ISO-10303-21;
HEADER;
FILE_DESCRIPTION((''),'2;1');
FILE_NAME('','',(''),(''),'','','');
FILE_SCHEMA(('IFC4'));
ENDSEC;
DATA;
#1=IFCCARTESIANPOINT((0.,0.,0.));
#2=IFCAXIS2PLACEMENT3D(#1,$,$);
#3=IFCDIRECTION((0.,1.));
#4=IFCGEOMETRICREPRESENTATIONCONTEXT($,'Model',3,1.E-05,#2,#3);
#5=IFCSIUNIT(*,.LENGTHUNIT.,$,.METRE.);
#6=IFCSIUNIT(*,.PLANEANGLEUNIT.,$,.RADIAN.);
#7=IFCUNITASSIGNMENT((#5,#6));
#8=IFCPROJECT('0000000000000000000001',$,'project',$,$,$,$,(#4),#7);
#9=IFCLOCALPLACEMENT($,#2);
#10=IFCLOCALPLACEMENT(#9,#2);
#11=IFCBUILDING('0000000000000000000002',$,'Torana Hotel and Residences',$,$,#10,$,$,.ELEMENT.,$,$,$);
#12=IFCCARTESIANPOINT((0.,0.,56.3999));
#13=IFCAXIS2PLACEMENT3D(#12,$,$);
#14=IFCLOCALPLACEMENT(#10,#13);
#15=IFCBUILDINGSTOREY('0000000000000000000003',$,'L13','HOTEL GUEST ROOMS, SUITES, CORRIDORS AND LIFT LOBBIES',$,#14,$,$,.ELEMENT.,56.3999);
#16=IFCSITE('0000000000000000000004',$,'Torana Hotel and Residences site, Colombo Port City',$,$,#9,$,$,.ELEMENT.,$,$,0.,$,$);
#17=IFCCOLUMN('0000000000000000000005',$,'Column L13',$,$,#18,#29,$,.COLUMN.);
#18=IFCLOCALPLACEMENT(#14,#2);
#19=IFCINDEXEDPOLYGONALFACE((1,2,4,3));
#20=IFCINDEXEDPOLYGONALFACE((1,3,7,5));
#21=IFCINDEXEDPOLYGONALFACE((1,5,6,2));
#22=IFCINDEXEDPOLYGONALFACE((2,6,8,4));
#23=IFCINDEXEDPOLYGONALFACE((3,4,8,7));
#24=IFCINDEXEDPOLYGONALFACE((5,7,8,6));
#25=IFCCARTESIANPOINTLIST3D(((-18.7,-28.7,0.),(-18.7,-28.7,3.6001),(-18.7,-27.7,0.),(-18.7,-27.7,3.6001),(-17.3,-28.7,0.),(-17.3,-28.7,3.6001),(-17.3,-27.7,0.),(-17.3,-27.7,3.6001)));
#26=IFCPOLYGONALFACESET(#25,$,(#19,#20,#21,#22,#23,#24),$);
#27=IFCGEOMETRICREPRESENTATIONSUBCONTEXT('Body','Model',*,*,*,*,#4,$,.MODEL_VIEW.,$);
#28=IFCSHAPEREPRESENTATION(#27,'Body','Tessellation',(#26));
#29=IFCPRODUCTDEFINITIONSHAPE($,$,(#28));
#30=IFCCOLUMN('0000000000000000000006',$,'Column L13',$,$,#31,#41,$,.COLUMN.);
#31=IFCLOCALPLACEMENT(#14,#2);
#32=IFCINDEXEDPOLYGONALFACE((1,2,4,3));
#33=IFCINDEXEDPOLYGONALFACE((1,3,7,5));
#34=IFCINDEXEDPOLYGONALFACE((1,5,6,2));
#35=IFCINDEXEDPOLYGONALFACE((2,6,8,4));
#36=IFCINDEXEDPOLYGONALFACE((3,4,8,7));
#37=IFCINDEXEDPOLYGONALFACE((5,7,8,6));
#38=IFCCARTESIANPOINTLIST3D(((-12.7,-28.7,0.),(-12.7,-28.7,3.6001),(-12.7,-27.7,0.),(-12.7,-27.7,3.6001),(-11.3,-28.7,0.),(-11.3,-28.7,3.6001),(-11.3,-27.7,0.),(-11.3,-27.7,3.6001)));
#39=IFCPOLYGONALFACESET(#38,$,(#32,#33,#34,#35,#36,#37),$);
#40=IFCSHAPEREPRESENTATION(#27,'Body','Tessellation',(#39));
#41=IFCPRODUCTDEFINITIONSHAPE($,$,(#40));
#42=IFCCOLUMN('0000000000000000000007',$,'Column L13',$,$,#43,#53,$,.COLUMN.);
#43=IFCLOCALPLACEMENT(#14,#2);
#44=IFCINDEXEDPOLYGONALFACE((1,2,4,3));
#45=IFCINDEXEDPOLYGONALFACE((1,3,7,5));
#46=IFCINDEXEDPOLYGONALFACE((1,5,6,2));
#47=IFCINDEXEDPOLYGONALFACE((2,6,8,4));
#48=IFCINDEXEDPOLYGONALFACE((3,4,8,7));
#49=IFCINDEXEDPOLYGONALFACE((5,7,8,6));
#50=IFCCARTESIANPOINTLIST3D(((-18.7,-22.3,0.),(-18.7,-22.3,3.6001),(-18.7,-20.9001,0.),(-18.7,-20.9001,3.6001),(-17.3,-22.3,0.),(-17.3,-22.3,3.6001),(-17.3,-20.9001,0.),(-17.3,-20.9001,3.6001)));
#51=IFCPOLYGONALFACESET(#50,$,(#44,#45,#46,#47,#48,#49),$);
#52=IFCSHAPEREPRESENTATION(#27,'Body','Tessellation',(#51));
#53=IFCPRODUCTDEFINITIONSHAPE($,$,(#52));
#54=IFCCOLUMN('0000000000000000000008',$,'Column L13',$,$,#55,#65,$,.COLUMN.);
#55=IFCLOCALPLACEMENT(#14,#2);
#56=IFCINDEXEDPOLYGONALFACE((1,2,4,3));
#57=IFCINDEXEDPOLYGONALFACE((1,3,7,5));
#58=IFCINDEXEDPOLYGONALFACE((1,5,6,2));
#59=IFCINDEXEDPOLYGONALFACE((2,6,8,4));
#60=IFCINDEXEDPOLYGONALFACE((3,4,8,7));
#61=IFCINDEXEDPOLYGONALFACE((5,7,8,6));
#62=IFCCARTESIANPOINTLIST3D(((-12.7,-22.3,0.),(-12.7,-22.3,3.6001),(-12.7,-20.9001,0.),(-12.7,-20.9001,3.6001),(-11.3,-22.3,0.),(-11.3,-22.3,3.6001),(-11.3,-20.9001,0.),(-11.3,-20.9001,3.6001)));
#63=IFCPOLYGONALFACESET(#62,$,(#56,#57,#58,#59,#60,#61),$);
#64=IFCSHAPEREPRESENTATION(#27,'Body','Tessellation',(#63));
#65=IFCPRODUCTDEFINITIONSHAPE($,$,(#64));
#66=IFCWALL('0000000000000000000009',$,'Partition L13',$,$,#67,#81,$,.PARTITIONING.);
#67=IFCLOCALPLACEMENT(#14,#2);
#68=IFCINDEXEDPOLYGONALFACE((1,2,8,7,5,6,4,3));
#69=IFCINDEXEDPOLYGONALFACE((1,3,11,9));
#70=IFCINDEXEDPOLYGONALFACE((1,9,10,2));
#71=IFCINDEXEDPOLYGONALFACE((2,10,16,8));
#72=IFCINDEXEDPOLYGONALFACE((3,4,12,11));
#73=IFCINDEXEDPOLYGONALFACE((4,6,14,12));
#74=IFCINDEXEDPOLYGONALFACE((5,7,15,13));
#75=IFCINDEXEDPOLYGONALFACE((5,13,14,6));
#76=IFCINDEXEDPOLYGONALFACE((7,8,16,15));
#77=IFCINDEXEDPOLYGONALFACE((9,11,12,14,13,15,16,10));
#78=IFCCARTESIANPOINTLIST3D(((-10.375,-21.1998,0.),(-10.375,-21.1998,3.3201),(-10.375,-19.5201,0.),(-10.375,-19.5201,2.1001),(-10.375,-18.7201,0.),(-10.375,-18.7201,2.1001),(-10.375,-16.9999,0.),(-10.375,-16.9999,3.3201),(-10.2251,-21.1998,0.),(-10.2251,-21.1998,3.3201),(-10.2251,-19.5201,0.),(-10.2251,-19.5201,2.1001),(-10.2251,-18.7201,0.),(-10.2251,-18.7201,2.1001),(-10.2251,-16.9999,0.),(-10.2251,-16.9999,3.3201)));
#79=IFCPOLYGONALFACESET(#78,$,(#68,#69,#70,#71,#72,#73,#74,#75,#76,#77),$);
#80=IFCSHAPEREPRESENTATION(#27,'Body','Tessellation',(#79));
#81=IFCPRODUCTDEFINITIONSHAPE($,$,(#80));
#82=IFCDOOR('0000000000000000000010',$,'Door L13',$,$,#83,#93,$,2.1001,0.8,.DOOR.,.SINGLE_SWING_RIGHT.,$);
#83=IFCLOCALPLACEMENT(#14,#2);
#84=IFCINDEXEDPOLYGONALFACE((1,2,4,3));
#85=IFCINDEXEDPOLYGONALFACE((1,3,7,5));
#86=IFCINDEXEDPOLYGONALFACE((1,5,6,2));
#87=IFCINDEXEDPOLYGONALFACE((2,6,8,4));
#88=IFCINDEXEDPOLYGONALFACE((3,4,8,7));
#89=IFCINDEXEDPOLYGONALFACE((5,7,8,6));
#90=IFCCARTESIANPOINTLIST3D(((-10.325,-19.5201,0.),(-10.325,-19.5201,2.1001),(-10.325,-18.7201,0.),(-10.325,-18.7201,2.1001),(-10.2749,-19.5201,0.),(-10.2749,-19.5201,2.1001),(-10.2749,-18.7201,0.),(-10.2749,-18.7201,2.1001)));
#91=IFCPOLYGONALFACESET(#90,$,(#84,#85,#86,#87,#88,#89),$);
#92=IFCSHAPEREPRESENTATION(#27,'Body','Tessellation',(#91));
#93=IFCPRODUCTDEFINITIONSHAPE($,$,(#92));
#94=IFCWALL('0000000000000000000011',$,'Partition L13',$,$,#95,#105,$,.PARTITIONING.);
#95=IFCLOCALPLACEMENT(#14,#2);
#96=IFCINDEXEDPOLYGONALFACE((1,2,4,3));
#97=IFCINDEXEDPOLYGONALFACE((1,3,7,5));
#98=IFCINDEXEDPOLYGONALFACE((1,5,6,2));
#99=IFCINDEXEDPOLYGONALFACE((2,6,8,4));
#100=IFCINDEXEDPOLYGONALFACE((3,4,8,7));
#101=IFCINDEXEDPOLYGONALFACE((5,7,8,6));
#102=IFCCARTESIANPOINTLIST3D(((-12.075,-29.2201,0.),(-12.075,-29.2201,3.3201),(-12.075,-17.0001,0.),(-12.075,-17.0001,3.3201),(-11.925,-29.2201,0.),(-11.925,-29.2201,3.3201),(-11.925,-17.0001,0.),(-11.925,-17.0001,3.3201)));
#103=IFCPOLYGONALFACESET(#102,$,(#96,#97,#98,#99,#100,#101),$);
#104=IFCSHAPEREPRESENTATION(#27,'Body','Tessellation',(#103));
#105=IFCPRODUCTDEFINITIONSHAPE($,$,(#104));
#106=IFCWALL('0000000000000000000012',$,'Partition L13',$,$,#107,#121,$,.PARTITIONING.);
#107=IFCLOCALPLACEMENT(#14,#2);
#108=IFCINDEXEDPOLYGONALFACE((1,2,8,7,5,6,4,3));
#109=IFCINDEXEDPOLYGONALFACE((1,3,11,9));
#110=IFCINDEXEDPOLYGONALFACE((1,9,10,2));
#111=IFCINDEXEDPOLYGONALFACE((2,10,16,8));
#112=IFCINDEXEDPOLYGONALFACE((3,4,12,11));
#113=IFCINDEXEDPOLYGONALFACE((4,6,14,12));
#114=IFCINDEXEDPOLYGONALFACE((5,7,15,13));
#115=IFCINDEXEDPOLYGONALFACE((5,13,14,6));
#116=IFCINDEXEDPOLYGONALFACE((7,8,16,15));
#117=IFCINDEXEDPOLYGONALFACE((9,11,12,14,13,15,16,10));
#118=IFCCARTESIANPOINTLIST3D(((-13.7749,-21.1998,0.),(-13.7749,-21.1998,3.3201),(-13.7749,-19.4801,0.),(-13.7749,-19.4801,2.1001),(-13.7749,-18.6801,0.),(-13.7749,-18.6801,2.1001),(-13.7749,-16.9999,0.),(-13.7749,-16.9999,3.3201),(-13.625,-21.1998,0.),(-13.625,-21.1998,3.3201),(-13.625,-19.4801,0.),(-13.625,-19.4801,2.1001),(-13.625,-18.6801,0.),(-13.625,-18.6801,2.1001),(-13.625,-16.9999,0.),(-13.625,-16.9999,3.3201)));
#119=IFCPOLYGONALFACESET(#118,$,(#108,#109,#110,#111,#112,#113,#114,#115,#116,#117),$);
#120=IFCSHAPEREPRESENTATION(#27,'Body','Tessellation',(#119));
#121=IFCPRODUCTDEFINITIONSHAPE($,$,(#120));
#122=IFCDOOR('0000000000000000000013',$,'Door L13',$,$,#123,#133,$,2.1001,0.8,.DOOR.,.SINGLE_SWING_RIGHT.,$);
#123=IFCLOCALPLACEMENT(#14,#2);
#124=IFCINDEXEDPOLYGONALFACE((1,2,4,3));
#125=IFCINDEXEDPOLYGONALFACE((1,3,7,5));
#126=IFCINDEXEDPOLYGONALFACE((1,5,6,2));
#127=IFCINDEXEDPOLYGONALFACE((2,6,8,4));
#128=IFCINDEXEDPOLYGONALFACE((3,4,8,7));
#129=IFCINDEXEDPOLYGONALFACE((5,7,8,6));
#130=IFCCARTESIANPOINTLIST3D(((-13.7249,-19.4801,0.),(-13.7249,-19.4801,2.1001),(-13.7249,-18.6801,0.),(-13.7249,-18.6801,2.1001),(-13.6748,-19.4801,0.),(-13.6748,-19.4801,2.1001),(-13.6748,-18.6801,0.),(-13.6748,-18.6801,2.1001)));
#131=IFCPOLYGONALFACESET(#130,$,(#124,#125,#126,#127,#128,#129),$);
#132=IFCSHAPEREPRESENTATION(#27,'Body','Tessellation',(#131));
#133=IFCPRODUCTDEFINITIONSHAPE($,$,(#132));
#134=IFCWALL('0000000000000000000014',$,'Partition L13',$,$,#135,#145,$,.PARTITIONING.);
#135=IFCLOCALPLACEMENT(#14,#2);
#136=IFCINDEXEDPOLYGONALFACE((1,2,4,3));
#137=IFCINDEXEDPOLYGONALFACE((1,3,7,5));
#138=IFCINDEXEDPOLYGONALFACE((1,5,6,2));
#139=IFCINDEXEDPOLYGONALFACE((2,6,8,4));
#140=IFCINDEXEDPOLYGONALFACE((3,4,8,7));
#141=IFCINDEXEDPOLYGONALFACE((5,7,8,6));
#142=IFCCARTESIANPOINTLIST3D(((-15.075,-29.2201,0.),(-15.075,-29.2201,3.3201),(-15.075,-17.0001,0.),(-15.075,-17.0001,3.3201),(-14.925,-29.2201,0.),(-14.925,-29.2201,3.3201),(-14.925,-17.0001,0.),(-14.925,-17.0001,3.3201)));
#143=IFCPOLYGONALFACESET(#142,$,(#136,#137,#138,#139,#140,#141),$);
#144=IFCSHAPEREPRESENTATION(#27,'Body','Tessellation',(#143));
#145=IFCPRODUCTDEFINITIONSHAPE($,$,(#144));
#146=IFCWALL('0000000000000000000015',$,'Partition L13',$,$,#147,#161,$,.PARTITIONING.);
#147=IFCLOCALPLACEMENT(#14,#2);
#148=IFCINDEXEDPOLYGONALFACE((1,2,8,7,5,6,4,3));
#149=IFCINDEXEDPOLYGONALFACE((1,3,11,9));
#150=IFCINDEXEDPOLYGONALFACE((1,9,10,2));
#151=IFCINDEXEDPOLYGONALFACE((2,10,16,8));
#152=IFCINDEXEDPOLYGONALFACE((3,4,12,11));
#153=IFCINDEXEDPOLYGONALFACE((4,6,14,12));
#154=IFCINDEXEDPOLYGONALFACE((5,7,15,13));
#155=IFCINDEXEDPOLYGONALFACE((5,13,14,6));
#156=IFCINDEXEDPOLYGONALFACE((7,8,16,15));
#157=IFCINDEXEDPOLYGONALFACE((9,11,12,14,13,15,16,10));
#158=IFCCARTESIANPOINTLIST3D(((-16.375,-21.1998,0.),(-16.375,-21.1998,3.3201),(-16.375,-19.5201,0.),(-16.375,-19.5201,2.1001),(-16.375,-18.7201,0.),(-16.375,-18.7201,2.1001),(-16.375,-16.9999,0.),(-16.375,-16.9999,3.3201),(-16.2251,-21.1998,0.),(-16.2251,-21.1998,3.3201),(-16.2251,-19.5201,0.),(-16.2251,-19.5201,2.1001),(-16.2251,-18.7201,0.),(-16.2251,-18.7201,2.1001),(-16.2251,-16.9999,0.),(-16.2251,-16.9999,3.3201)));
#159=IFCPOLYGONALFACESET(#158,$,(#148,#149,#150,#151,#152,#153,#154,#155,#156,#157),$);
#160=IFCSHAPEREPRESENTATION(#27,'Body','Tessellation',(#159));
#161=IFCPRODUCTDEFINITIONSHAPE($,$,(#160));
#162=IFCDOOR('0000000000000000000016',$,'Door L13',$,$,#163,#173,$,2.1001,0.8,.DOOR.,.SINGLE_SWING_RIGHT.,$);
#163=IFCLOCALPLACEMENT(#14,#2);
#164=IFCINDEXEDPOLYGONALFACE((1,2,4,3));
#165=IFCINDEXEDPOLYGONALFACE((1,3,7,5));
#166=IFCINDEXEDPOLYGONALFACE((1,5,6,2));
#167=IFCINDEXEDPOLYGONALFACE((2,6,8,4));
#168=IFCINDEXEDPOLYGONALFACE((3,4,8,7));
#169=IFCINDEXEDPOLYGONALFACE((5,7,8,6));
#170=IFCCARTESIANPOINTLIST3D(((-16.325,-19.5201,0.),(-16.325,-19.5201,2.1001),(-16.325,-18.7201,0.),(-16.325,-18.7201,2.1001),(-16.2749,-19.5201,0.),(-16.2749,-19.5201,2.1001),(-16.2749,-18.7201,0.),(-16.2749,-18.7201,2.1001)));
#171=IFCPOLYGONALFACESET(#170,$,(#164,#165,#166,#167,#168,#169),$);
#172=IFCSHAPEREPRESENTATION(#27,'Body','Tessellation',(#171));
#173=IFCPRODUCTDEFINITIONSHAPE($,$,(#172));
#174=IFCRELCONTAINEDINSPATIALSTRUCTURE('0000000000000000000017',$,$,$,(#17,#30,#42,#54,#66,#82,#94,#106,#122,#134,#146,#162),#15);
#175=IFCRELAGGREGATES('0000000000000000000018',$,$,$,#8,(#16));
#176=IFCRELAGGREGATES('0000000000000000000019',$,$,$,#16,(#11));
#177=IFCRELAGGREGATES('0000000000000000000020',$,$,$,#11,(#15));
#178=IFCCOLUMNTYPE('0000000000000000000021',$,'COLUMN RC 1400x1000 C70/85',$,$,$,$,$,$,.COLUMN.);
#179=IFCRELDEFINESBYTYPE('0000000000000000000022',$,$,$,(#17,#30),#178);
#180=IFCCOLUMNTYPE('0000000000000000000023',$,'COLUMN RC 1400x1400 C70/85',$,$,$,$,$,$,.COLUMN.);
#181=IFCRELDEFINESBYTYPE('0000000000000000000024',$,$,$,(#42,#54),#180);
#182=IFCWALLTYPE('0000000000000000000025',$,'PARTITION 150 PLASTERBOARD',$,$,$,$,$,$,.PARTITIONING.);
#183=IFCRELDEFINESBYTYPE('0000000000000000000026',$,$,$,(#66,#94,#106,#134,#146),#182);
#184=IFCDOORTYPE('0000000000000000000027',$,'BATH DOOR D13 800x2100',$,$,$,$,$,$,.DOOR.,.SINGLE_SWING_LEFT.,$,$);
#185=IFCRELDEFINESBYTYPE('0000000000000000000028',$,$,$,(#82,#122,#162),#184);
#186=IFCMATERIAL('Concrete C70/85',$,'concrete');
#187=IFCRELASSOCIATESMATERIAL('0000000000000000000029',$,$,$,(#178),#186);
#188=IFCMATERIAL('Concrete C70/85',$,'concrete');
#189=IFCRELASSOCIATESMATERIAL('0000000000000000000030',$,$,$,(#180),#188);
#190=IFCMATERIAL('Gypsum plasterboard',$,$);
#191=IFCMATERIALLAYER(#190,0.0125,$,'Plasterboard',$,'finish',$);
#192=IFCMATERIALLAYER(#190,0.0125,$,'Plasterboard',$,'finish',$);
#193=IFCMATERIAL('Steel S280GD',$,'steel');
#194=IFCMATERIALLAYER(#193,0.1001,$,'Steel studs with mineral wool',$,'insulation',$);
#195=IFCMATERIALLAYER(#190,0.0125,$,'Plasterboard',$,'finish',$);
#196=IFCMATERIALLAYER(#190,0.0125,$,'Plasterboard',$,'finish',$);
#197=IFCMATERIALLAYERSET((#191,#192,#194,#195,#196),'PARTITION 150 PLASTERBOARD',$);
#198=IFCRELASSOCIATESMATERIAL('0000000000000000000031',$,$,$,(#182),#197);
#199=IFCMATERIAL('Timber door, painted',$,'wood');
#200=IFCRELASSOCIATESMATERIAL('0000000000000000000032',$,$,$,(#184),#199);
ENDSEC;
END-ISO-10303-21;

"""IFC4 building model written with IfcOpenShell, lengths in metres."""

from ifc_helpers import new_model, si_unit, direction, frame, frame_2d, origin, origin_2d, place, context, subcontext, project, spatial, rectangle, extrude, material, layer, layer_set, material_profile, profile_set, type_object, element, fill, save


model = new_model("IFC4")

# Units and contexts
model_context = context("Model", 3, precision=1e-05, world=origin(), true_north=direction((0.0, 1.0)))
body_context = subcontext(model_context, "Body", "Model", "MODEL_VIEW")
ifc_project = project(units=[si_unit("LENGTHUNIT", "METRE"), si_unit("PLANEANGLEUNIT", "RADIAN")], contexts=[model_context])

# Site, building, storey
site_placement = place(None, origin())
site = spatial("IfcSite", under=ifc_project, at=site_placement, Name="Torana Hotel and Residences site, Colombo Port City", CompositionType="ELEMENT", RefElevation=0.0)
building_placement = place(site_placement, origin())
building = spatial("IfcBuilding", under=site, at=building_placement, Name="Torana Hotel and Residences", CompositionType="ELEMENT")
storey_placement = place(building_placement, frame((0.0, 0.0, 56.3999)))
storey = spatial("IfcBuildingStorey", under=building, at=storey_placement, Name="L13", Description="HOTEL GUEST ROOMS, SUITES, CORRIDORS AND LIFT LOBBIES", CompositionType="ELEMENT", Elevation=56.3999)

# Columns
ifc_material_1 = material(Name="Concrete C70/85", Category="concrete")
ifc_material_profile_1 = material_profile(ifc_material_1, rectangle(XDim=1.3999, YDim=1.0, at=origin_2d()), Name="RC 1400x1000")
ifc_profile_set_1 = profile_set([ifc_material_profile_1], Name="Concrete C70/85")
column_type_1 = type_object("IfcColumnType", Name="COLUMN RC 1400x1000 C70/85", PredefinedType="COLUMN", material=ifc_profile_set_1)
for number, where, z_axis, x_axis, name in (
    (1, (-18.0, -28.2, 0.0), (0.0, 0.0, 1.0), (1.0, 0.0, 0.0), "Column L13"),
    (2, (-12.0, -28.2, 0.0), (0.0, 0.0, 1.0), (1.0, 0.0, 0.0), "Column L13"),
):
    element("IfcColumn", number, at=place(storey_placement, frame(where, z_axis=z_axis, x_axis=x_axis)), inside=storey, type_object=column_type_1, Name=name, PredefinedType="COLUMN", context=body_context, shape_type="SweptSolid", body=[
        extrude(rectangle(XDim=1.3999, YDim=1.0, at=origin_2d()), origin(), (0.0, 0.0, 1.0), 3.6001),
    ])
ifc_material_2 = material(Name="Concrete C70/85", Category="concrete")
ifc_material_profile_2 = material_profile(ifc_material_2, rectangle(XDim=1.3999, YDim=1.3999, at=origin_2d()), Name="RC 1400x1400")
ifc_profile_set_2 = profile_set([ifc_material_profile_2], Name="Concrete C70/85")
column_type_2 = type_object("IfcColumnType", Name="COLUMN RC 1400x1400 C70/85", PredefinedType="COLUMN", material=ifc_profile_set_2)
for number, where, z_axis, x_axis, name in (
    (3, (-18.0, -21.6001, 0.0), (0.0, 0.0, 1.0), (1.0, 0.0, 0.0), "Column L13"),
    (4, (-12.0, -21.6001, 0.0), (0.0, 0.0, 1.0), (1.0, 0.0, 0.0), "Column L13"),
):
    element("IfcColumn", number, at=place(storey_placement, frame(where, z_axis=z_axis, x_axis=x_axis)), inside=storey, type_object=column_type_2, Name=name, PredefinedType="COLUMN", context=body_context, shape_type="SweptSolid", body=[
        extrude(rectangle(XDim=1.3999, YDim=1.3999, at=origin_2d()), origin(), (0.0, 0.0, 1.0), 3.6001),
    ])

# Wall, opening, door
ifc_material_3 = material(Name="Gypsum plasterboard")
ifc_layer_1 = layer(ifc_material_3, 0.0125, Name="Plasterboard", Category="finish")
ifc_layer_2 = layer(ifc_material_3, 0.0125, Name="Plasterboard", Category="finish")
ifc_material_4 = material(Name="Steel S280GD", Category="steel")
ifc_layer_3 = layer(ifc_material_4, 0.1001, Name="Steel studs with mineral wool", Category="insulation")
ifc_layer_4 = layer(ifc_material_3, 0.0125, Name="Plasterboard", Category="finish")
ifc_layer_5 = layer(ifc_material_3, 0.0125, Name="Plasterboard", Category="finish")
ifc_layer_set_1 = layer_set([ifc_layer_1, ifc_layer_2, ifc_layer_3, ifc_layer_4, ifc_layer_5], Name="PARTITION 150 PLASTERBOARD")
wall_type_1 = type_object("IfcWallType", Name="PARTITION 150 PLASTERBOARD", PredefinedType="PARTITIONING", material=ifc_layer_set_1)
wall_1_placement = place(storey_placement, frame((-10.3, -21.2, 0.0), z_axis=(0.0, 0.0, 1.0), x_axis=(0.0, 1.0, 0.0)))
wall_1 = element("IfcWall", 5, at=wall_1_placement, inside=storey, type_object=wall_type_1, Name="Partition L13", PredefinedType="PARTITIONING", context=body_context, shape_type="SweptSolid", body=[
    extrude(rectangle(XDim=4.2, YDim=0.1499, at=frame_2d((2.1001, 0.0))), origin(), (0.0, 0.0, 1.0), 3.3201),
])
opening_1_placement = place(wall_1_placement, frame((1.6799, 0.0, 0.0)))
opening_1 = element("IfcOpeningElement", 6, at=opening_1_placement, cuts=wall_1, PredefinedType="OPENING", context=body_context, shape_type="SweptSolid", body=[
    extrude(rectangle(XDim=0.8, YDim=2.1001, at=frame_2d((0.3999, 1.05))), frame((0.0, 0.085, 0.0), z_axis=(0.0, -1.0, 0.0), x_axis=(1.0, 0.0, 0.0)), (0.0, 0.0, 1.0), 0.1699),
])
ifc_material_5 = material(Name="Timber door, painted", Category="wood")
door_type = type_object("IfcDoorType", Name="BATH DOOR D13 800x2100", OperationType="SINGLE_SWING_LEFT", PredefinedType="DOOR", material=ifc_material_5)
door_1_placement = place(opening_1_placement, origin())
door_1 = element("IfcDoor", 7, at=door_1_placement, inside=storey, type_object=door_type, Name="Door L13", OperationType="SINGLE_SWING_RIGHT", OverallHeight=2.1001, OverallWidth=0.8, PredefinedType="DOOR", context=body_context, shape_type="SweptSolid", body=[
    extrude(rectangle(XDim=0.8, YDim=2.1001, at=frame_2d((0.3999, 1.05))), frame((0.0, 0.0249, 0.0), z_axis=(0.0, -1.0, 0.0), x_axis=(1.0, 0.0, 0.0)), (0.0, 0.0, 1.0), 0.05),
])
fill(opening_1, door_1)

# Wall
wall_2_placement = place(storey_placement, frame((-12.0, -29.22, 0.0), z_axis=(0.0, 0.0, 1.0), x_axis=(0.0, 1.0, 0.0)))
element("IfcWall", 8, at=wall_2_placement, inside=storey, type_object=wall_type_1, Name="Partition L13", PredefinedType="PARTITIONING", context=body_context, shape_type="SweptSolid", body=[
    extrude(rectangle(XDim=12.22, YDim=0.1499, at=frame_2d((6.1099, 0.0))), origin(), (0.0, 0.0, 1.0), 3.3201),
])

# Wall, opening, door
wall_3_placement = place(storey_placement, frame((-13.7, -21.2, 0.0), z_axis=(0.0, 0.0, 1.0), x_axis=(0.0, 1.0, 0.0)))
wall_3 = element("IfcWall", 9, at=wall_3_placement, inside=storey, type_object=wall_type_1, Name="Partition L13", PredefinedType="PARTITIONING", context=body_context, shape_type="SweptSolid", body=[
    extrude(rectangle(XDim=4.2, YDim=0.1499, at=frame_2d((2.1001, 0.0))), origin(), (0.0, 0.0, 1.0), 3.3201),
])
opening_2_placement = place(wall_3_placement, frame((1.72, 0.0, 0.0)))
opening_2 = element("IfcOpeningElement", 10, at=opening_2_placement, cuts=wall_3, PredefinedType="OPENING", context=body_context, shape_type="SweptSolid", body=[
    extrude(rectangle(XDim=0.8, YDim=2.1001, at=frame_2d((0.3999, 1.05))), frame((0.0, 0.085, 0.0), z_axis=(0.0, -1.0, 0.0), x_axis=(1.0, 0.0, 0.0)), (0.0, 0.0, 1.0), 0.1699),
])
door_2_placement = place(opening_2_placement, origin())
door_2 = element("IfcDoor", 11, at=door_2_placement, inside=storey, type_object=door_type, Name="Door L13", OperationType="SINGLE_SWING_RIGHT", OverallHeight=2.1001, OverallWidth=0.8, PredefinedType="DOOR", context=body_context, shape_type="SweptSolid", body=[
    extrude(rectangle(XDim=0.8, YDim=2.1001, at=frame_2d((0.3999, 1.05))), frame((0.0, 0.0249, 0.0), z_axis=(0.0, -1.0, 0.0), x_axis=(1.0, 0.0, 0.0)), (0.0, 0.0, 1.0), 0.05),
])
fill(opening_2, door_2)

# Wall
wall_4_placement = place(storey_placement, frame((-15.0, -29.22, 0.0), z_axis=(0.0, 0.0, 1.0), x_axis=(0.0, 1.0, 0.0)))
element("IfcWall", 12, at=wall_4_placement, inside=storey, type_object=wall_type_1, Name="Partition L13", PredefinedType="PARTITIONING", context=body_context, shape_type="SweptSolid", body=[
    extrude(rectangle(XDim=12.22, YDim=0.1499, at=frame_2d((6.1099, 0.0))), origin(), (0.0, 0.0, 1.0), 3.3201),
])

# Wall, opening, door
wall_5_placement = place(storey_placement, frame((-16.3, -21.2, 0.0), z_axis=(0.0, 0.0, 1.0), x_axis=(0.0, 1.0, 0.0)))
wall_5 = element("IfcWall", 13, at=wall_5_placement, inside=storey, type_object=wall_type_1, Name="Partition L13", PredefinedType="PARTITIONING", context=body_context, shape_type="SweptSolid", body=[
    extrude(rectangle(XDim=4.2, YDim=0.1499, at=frame_2d((2.1001, 0.0))), origin(), (0.0, 0.0, 1.0), 3.3201),
])
opening_3_placement = place(wall_5_placement, frame((1.6799, 0.0, 0.0)))
opening_3 = element("IfcOpeningElement", 14, at=opening_3_placement, cuts=wall_5, PredefinedType="OPENING", context=body_context, shape_type="SweptSolid", body=[
    extrude(rectangle(XDim=0.8, YDim=2.1001, at=frame_2d((0.3999, 1.05))), frame((0.0, 0.085, 0.0), z_axis=(0.0, -1.0, 0.0), x_axis=(1.0, 0.0, 0.0)), (0.0, 0.0, 1.0), 0.1699),
])
door_3_placement = place(opening_3_placement, origin())
door_3 = element("IfcDoor", 15, at=door_3_placement, inside=storey, type_object=door_type, Name="Door L13", OperationType="SINGLE_SWING_RIGHT", OverallHeight=2.1001, OverallWidth=0.8, PredefinedType="DOOR", context=body_context, shape_type="SweptSolid", body=[
    extrude(rectangle(XDim=0.8, YDim=2.1001, at=frame_2d((0.3999, 1.05))), frame((0.0, 0.0249, 0.0), z_axis=(0.0, -1.0, 0.0), x_axis=(1.0, 0.0, 0.0)), (0.0, 0.0, 1.0), 0.05),
])
fill(opening_3, door_3)

save(model, "model.ifc")
